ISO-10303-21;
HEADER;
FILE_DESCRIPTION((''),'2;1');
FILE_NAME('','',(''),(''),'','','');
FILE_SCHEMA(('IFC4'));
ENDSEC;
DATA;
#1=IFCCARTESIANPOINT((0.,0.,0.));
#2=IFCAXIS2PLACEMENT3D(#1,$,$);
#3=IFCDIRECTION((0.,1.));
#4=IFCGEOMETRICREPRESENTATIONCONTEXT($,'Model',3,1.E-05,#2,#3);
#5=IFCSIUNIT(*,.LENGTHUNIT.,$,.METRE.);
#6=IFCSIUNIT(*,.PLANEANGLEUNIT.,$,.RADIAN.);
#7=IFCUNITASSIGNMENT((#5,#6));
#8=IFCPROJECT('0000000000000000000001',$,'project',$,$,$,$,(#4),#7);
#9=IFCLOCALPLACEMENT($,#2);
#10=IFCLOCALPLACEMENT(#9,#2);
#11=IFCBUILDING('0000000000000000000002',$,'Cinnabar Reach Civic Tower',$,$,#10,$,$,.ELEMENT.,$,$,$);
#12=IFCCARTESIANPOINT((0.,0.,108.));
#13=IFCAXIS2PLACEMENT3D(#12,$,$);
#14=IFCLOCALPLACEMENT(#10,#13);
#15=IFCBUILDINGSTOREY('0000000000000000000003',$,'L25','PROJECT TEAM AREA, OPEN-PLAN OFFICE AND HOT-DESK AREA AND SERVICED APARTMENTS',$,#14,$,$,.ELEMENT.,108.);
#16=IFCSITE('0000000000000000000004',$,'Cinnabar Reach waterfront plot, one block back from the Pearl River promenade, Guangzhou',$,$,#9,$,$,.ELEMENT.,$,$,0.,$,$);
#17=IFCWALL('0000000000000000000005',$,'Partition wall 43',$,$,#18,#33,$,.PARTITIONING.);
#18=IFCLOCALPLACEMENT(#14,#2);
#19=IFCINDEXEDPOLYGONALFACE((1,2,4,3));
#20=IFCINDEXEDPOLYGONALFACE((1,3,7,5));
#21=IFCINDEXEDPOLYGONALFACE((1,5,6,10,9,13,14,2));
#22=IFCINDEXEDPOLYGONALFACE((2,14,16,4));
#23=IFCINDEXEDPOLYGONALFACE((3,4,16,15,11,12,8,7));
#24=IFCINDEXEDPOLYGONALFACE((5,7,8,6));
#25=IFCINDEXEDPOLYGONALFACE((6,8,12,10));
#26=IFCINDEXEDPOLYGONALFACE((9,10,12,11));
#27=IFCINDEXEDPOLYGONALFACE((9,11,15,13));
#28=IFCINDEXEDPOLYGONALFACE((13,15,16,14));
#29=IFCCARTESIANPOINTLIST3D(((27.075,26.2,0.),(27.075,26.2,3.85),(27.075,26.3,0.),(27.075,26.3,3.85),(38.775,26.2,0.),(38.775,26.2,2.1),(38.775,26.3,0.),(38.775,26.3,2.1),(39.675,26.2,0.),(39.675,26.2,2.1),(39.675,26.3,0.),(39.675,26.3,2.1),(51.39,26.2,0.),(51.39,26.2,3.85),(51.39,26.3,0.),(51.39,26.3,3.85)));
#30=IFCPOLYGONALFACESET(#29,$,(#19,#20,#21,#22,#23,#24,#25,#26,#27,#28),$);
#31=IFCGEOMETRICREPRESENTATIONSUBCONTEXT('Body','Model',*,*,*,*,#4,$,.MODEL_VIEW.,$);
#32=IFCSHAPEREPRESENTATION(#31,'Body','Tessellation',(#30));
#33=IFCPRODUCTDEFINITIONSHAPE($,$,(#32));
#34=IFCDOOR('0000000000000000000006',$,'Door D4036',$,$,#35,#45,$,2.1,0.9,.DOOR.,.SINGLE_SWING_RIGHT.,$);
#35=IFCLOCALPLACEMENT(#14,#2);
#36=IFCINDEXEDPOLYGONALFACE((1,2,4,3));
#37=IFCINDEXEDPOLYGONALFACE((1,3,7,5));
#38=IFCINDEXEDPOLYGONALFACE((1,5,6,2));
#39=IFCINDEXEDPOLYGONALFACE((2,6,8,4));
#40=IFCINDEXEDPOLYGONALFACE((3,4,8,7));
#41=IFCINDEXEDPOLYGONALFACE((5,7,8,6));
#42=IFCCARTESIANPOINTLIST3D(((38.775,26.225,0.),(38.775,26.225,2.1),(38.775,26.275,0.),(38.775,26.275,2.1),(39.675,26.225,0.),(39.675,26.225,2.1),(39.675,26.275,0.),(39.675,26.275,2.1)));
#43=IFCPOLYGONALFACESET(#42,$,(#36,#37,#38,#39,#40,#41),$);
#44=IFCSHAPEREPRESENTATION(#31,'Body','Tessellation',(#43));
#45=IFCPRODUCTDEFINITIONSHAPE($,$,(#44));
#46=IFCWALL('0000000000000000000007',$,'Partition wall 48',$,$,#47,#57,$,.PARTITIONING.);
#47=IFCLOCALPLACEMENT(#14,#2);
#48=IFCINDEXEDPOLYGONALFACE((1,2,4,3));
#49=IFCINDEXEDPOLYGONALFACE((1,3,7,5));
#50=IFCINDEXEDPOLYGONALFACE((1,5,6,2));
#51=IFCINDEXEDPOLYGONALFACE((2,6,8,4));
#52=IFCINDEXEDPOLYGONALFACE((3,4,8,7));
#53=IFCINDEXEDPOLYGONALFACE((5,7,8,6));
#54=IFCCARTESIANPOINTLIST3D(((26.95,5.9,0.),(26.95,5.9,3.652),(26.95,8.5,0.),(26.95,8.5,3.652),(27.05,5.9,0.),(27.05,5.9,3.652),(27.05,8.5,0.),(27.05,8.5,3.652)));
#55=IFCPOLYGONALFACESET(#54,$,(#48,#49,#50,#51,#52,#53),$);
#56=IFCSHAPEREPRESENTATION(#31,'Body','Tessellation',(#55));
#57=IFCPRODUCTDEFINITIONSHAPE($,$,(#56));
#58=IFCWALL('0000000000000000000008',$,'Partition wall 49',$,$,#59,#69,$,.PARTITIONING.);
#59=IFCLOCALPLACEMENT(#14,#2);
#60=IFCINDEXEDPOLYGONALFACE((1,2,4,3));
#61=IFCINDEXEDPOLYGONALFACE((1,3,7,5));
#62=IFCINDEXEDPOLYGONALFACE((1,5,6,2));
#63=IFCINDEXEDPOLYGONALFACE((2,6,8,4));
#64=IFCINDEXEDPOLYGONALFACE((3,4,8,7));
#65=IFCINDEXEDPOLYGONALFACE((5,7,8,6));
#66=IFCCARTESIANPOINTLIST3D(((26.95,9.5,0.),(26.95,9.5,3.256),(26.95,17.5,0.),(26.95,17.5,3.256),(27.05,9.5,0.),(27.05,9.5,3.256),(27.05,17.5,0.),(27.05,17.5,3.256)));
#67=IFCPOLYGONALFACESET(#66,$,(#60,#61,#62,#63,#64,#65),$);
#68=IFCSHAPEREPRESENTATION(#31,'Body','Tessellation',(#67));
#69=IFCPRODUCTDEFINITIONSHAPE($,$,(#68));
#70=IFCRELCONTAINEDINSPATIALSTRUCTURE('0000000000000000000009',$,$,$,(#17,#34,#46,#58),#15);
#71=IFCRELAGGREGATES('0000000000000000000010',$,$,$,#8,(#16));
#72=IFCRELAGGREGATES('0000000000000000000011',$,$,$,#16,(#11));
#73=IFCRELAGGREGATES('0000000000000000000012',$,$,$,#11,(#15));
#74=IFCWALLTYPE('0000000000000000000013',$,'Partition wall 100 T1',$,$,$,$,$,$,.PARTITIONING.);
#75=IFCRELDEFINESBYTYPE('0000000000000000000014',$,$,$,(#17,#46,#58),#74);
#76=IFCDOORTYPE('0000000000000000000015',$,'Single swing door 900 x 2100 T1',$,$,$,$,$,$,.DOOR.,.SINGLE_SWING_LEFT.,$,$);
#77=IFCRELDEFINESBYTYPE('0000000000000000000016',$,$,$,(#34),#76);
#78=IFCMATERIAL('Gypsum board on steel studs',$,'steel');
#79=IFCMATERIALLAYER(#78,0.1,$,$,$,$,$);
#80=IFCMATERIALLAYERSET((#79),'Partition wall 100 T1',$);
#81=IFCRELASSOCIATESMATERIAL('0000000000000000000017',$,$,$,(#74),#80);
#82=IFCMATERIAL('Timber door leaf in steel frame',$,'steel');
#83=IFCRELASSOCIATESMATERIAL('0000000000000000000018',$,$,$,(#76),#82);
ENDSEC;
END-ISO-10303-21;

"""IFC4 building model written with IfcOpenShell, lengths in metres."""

from ifc_helpers import new_model, si_unit, direction, frame, frame_2d, origin, place, context, subcontext, project, spatial, rectangle, extrude, material, layer, layer_set, type_object, element, fill, save


model = new_model("IFC4")

# Units and contexts
model_context = context("Model", 3, precision=1e-05, world=origin(), true_north=direction((0.0, 1.0)))
body_context = subcontext(model_context, "Body", "Model", "MODEL_VIEW")
ifc_project = project(units=[si_unit("LENGTHUNIT", "METRE"), si_unit("PLANEANGLEUNIT", "RADIAN")], contexts=[model_context])

# Site, building, storey
site_placement = place(None, origin())
site = spatial("IfcSite", under=ifc_project, at=site_placement, Name="Cinnabar Reach waterfront plot, one block back from the Pearl River promenade, Guangzhou", CompositionType="ELEMENT", RefElevation=0.0)
building_placement = place(site_placement, origin())
building = spatial("IfcBuilding", under=site, at=building_placement, Name="Cinnabar Reach Civic Tower", CompositionType="ELEMENT")
storey_placement = place(building_placement, frame((0.0, 0.0, 108.0)))
storey = spatial("IfcBuildingStorey", under=building, at=storey_placement, Name="L25", Description="PROJECT TEAM AREA, OPEN-PLAN OFFICE AND HOT-DESK AREA AND SERVICED APARTMENTS", CompositionType="ELEMENT", Elevation=108.0)

# Shared definitions
ifc_material_1 = material(Name="Timber door leaf in steel frame", Category="steel")

# Wall, opening, door
ifc_material_2 = material(Name="Gypsum board on steel studs", Category="steel")
ifc_layer_1 = layer(ifc_material_2, 0.1)
ifc_layer_set_1 = layer_set([ifc_layer_1], Name="Partition wall 100 T1")
wall_type_1 = type_object("IfcWallType", Name="Partition wall 100 T1", PredefinedType="PARTITIONING", material=ifc_layer_set_1)
wall_1_placement = place(storey_placement, frame((27.075, 26.25, 0.0), z_axis=(0.0, 0.0, 1.0), x_axis=(1.0, 0.0, 0.0)))
wall_1 = element("IfcWall", 1, at=wall_1_placement, inside=storey, type_object=wall_type_1, Name="Partition wall 43", PredefinedType="PARTITIONING", context=body_context, shape_type="SweptSolid", body=[
    extrude(rectangle(XDim=24.315, YDim=0.1, at=frame_2d((12.1575, 0.0))), origin(), (0.0, 0.0, 1.0), 3.85),
])
opening_1_placement = place(wall_1_placement, frame((11.7, 0.0, 0.0)))
opening_1 = element("IfcOpeningElement", 2, at=opening_1_placement, cuts=wall_1, PredefinedType="OPENING", context=body_context, shape_type="SweptSolid", body=[
    extrude(rectangle(XDim=0.9, YDim=2.1, at=frame_2d((0.45, 1.05))), frame((0.0, 0.06, 0.0), z_axis=(0.0, -1.0, 0.0), x_axis=(1.0, 0.0, 0.0)), (0.0, 0.0, 1.0), 0.12),
])
door_type_1 = type_object("IfcDoorType", Name="Single swing door 900 x 2100 T1", OperationType="SINGLE_SWING_LEFT", PredefinedType="DOOR", material=ifc_material_1)
door_1_placement = place(opening_1_placement, origin())
door_1 = element("IfcDoor", 3, at=door_1_placement, inside=storey, type_object=door_type_1, Name="Door D4036", OperationType="SINGLE_SWING_RIGHT", OverallHeight=2.1, OverallWidth=0.9, PredefinedType="DOOR", context=body_context, shape_type="SweptSolid", body=[
    extrude(rectangle(XDim=0.9, YDim=2.1, at=frame_2d((0.45, 1.05))), frame((0.0, 0.025, 0.0), z_axis=(0.0, -1.0, 0.0), x_axis=(1.0, 0.0, 0.0)), (0.0, 0.0, 1.0), 0.05),
])
fill(opening_1, door_1)

# Walls
wall_2_placement = place(storey_placement, frame((27.0, 5.9, 0.0), z_axis=(0.0, 0.0, 1.0), x_axis=(0.0, 1.0, 0.0)))
element("IfcWall", 4, at=wall_2_placement, inside=storey, type_object=wall_type_1, Name="Partition wall 48", PredefinedType="PARTITIONING", context=body_context, shape_type="SweptSolid", body=[
    extrude(rectangle(XDim=2.6, YDim=0.1, at=frame_2d((1.3, 0.0))), origin(), (0.0, 0.0, 1.0), 3.652),
])
wall_3_placement = place(storey_placement, frame((27.0, 9.5, 0.0), z_axis=(0.0, 0.0, 1.0), x_axis=(0.0, 1.0, 0.0)))
element("IfcWall", 5, at=wall_3_placement, inside=storey, type_object=wall_type_1, Name="Partition wall 49", PredefinedType="PARTITIONING", context=body_context, shape_type="SweptSolid", body=[
    extrude(rectangle(XDim=8.0, YDim=0.1, at=frame_2d((4.0, 0.0))), origin(), (0.0, 0.0, 1.0), 3.256),
])

save(model, "model.ifc")
